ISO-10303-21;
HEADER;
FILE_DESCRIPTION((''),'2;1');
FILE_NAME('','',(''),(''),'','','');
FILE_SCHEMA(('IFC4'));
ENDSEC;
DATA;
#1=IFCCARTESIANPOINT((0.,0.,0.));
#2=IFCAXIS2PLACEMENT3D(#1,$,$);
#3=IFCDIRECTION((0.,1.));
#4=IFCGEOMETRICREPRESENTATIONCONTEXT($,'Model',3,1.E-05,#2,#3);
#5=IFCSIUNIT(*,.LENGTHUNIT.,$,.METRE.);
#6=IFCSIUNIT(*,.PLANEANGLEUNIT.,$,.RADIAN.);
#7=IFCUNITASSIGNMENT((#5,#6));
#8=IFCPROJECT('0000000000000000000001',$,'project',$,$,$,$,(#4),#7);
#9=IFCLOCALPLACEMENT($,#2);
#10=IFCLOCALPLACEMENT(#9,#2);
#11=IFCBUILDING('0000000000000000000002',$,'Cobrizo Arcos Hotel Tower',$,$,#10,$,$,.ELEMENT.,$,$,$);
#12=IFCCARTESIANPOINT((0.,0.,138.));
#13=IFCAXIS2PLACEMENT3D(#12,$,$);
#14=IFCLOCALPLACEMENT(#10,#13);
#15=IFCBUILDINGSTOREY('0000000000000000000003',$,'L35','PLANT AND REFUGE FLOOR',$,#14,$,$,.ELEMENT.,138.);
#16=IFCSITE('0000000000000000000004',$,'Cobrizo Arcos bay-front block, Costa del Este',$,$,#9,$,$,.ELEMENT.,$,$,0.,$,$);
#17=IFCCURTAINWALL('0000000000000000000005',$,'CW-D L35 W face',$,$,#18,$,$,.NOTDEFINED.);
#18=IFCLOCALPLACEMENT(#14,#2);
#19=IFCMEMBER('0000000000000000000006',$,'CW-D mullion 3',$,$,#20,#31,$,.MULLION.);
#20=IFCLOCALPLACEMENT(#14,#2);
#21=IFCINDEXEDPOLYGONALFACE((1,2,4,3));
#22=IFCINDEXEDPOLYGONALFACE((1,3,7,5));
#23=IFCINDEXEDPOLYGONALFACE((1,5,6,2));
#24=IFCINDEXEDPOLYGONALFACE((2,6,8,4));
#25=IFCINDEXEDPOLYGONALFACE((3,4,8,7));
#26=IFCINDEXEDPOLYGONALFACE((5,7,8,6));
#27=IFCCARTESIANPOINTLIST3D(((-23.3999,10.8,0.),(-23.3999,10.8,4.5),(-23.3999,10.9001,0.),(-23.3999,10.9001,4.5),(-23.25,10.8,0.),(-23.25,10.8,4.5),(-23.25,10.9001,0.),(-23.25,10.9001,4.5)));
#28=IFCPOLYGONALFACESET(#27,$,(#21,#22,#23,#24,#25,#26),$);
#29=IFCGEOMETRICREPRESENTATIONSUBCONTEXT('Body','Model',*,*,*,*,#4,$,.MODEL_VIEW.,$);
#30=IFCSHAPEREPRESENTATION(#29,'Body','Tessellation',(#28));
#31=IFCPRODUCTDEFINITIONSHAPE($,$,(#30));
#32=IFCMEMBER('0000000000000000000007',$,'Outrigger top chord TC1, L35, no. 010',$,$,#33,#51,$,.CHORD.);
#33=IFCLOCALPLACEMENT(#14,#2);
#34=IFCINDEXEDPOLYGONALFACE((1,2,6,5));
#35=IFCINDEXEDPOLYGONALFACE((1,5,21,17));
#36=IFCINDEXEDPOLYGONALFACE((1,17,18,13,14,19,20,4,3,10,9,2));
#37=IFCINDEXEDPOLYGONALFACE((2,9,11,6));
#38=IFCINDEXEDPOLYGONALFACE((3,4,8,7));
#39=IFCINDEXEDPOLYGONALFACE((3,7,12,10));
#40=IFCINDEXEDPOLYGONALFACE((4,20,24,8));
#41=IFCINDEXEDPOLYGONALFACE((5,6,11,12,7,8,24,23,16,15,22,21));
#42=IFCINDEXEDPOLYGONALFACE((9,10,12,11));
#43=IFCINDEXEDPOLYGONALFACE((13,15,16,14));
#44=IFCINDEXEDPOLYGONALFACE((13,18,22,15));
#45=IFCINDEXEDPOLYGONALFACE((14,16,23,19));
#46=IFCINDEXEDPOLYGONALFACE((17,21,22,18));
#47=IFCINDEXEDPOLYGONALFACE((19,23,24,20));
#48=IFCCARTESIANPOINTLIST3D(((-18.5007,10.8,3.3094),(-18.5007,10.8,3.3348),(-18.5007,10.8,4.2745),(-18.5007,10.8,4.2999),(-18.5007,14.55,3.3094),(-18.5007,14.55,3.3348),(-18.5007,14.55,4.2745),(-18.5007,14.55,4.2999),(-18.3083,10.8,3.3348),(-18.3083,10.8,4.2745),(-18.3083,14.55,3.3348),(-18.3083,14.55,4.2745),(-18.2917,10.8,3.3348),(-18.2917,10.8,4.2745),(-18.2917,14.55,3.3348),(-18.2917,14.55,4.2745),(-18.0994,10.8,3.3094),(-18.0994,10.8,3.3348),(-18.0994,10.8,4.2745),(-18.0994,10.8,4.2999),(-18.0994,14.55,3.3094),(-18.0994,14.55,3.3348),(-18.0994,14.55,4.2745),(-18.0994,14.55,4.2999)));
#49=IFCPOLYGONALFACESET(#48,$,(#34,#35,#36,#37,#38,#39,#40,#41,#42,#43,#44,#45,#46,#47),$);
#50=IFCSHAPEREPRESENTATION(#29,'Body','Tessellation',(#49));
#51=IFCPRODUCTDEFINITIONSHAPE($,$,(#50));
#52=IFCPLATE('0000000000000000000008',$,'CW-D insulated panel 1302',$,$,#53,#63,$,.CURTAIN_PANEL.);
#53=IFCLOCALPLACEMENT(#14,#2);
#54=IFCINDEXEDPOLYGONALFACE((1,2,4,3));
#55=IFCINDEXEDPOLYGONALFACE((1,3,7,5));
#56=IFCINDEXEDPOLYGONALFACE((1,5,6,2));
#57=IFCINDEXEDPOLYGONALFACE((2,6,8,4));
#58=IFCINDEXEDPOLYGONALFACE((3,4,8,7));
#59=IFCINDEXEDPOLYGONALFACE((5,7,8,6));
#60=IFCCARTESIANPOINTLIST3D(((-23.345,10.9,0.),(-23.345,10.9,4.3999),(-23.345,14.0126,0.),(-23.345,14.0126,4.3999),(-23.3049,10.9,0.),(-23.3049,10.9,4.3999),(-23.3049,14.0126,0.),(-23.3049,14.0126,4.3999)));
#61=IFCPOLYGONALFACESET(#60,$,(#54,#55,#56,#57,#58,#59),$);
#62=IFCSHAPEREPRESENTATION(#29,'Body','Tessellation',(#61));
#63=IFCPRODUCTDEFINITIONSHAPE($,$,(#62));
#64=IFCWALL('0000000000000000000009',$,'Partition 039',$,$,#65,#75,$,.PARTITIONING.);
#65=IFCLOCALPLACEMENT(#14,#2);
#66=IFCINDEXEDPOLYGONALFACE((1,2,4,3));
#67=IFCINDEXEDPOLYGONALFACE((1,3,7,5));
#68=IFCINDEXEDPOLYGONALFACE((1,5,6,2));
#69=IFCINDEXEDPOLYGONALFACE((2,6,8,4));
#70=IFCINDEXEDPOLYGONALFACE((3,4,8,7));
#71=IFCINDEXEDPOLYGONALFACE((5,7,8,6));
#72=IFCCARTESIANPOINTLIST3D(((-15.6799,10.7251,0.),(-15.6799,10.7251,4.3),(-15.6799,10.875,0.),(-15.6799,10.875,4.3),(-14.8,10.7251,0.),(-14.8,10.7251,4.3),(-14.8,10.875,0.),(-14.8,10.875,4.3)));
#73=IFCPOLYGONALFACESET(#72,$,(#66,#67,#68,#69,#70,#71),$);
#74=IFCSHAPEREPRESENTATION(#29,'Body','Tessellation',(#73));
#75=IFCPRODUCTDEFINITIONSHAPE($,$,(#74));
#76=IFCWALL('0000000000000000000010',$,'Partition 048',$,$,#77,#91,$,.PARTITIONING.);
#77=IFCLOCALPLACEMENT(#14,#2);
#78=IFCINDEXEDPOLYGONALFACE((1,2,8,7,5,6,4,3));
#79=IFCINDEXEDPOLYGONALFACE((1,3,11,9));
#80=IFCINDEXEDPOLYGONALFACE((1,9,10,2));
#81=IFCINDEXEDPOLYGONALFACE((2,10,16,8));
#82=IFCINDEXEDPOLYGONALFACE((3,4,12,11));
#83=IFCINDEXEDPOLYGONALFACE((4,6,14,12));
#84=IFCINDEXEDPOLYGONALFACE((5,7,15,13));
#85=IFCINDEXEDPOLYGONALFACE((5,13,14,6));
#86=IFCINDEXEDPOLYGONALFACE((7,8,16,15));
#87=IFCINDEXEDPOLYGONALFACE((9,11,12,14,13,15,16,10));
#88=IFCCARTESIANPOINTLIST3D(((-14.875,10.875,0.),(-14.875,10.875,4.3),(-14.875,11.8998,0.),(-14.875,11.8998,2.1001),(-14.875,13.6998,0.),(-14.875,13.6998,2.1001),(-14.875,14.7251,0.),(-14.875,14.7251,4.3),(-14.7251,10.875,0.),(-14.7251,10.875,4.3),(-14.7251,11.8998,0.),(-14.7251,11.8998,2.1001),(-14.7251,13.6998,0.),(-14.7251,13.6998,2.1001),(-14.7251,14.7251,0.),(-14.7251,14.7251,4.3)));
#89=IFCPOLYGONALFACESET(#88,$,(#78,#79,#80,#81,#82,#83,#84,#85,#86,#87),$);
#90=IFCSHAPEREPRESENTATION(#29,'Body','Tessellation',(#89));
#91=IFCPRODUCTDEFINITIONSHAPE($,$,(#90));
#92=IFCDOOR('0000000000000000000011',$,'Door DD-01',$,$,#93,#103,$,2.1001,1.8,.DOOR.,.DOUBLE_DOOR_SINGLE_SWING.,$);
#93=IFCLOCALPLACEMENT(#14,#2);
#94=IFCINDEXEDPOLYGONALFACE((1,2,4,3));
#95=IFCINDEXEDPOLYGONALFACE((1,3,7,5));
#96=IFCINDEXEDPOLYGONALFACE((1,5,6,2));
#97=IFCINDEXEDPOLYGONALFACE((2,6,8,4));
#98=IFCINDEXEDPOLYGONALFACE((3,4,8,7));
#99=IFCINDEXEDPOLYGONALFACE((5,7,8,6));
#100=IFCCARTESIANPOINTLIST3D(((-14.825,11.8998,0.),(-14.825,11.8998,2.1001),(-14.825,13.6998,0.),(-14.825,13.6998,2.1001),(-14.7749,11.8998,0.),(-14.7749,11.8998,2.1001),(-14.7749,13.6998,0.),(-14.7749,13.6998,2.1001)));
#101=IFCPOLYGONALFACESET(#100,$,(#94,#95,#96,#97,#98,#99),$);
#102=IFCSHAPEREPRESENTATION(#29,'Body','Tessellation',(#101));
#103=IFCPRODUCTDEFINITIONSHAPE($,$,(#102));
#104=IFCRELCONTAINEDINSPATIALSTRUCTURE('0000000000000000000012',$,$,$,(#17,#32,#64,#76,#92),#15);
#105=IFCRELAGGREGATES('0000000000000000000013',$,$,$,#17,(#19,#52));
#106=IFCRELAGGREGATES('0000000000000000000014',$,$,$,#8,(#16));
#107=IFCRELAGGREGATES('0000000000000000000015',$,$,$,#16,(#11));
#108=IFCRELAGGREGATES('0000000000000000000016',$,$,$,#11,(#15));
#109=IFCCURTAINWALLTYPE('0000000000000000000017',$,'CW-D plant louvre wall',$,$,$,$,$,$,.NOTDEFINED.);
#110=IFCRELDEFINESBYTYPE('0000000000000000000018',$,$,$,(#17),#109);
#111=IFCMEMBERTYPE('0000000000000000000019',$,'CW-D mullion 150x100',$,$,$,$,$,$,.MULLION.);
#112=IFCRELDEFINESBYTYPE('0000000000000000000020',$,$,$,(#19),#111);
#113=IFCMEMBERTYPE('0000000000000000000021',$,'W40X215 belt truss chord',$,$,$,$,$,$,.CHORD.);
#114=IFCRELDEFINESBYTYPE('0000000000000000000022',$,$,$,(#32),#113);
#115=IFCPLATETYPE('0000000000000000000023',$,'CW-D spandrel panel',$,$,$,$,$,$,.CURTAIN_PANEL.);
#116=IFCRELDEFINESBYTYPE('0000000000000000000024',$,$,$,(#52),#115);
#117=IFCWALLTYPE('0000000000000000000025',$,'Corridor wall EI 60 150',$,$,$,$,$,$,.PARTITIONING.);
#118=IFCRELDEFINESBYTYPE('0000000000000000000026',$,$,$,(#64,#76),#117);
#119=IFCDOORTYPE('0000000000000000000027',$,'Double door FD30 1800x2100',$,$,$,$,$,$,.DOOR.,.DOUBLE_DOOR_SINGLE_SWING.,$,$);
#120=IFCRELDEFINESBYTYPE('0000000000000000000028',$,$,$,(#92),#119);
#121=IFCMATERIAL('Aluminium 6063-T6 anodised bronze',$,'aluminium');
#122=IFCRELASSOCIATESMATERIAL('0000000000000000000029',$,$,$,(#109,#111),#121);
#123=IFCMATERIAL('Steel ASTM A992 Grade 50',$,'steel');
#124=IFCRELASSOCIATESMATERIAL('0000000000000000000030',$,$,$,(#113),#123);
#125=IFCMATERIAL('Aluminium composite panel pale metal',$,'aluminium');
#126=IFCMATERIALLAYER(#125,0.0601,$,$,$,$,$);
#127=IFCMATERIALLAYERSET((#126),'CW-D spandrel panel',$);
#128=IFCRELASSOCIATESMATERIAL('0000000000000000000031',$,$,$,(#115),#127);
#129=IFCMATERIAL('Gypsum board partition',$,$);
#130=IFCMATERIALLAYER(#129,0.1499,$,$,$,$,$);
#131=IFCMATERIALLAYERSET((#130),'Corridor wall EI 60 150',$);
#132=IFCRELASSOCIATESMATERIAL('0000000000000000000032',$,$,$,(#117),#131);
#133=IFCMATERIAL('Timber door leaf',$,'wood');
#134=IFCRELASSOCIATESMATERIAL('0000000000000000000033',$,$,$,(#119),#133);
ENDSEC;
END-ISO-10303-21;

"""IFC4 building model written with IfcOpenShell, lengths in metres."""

from ifc_helpers import new_model, si_unit, direction, frame, frame_2d, origin, origin_2d, place, context, subcontext, project, spatial, rectangle, i_section, extrude, material, layer, layer_set, material_profile, profile_set, type_object, element, fill, aggregate, save


model = new_model("IFC4")

# Units and contexts
model_context = context("Model", 3, precision=1e-05, world=origin(), true_north=direction((0.0, 1.0)))
body_context = subcontext(model_context, "Body", "Model", "MODEL_VIEW")
ifc_project = project(units=[si_unit("LENGTHUNIT", "METRE"), si_unit("PLANEANGLEUNIT", "RADIAN")], contexts=[model_context])

# Site, building, storey
site_placement = place(None, origin())
site = spatial("IfcSite", under=ifc_project, at=site_placement, Name="Cobrizo Arcos bay-front block, Costa del Este", CompositionType="ELEMENT", RefElevation=0.0)
building_placement = place(site_placement, origin())
building = spatial("IfcBuilding", under=site, at=building_placement, Name="Cobrizo Arcos Hotel Tower", CompositionType="ELEMENT")
storey_placement = place(building_placement, frame((0.0, 0.0, 138.0)))
storey = spatial("IfcBuildingStorey", under=building, at=storey_placement, Name="L35", Description="PLANT AND REFUGE FLOOR", CompositionType="ELEMENT", Elevation=138.0)

# Curtain wall, member
ifc_material_1 = material(Name="Aluminium 6063-T6 anodised bronze", Category="aluminium")
curtain_wall_type = type_object("IfcCurtainWallType", Name="CW-D plant louvre wall", PredefinedType="NOTDEFINED", material=ifc_material_1)
curtain_wall_placement = place(storey_placement, origin())
curtain_wall = element("IfcCurtainWall", 1, at=curtain_wall_placement, inside=storey, type_object=curtain_wall_type, Name="CW-D L35 W face", PredefinedType="NOTDEFINED")
ifc_material_profile_1 = material_profile(ifc_material_1, rectangle(XDim=0.1499, YDim=0.1001, at=origin_2d()), Name="CW-D mullion 150x100")
ifc_profile_set_1 = profile_set([ifc_material_profile_1], Name="Aluminium 6063-T6 anodised bronze")
member_type_1 = type_object("IfcMemberType", Name="CW-D mullion 150x100", PredefinedType="MULLION", material=ifc_profile_set_1)
member_1_placement = place(storey_placement, frame((-23.325, 10.8501, 0.0), z_axis=(0.0, 0.0, 1.0), x_axis=(-1.0, 0.0, 0.0)))
member_1 = element("IfcMember", 2, at=member_1_placement, type_object=member_type_1, Name="CW-D mullion 3", PredefinedType="MULLION", context=body_context, shape_type="SweptSolid", body=[
    extrude(rectangle(XDim=0.1499, YDim=0.1001, at=origin_2d()), origin(), (0.0, 0.0, 1.0), 4.5),
])

# Member
ifc_material_2 = material(Name="Steel ASTM A992 Grade 50", Category="steel")
ifc_material_profile_2 = material_profile(ifc_material_2, i_section(OverallWidth=0.4014, OverallDepth=0.9905, WebThickness=0.0166, FlangeThickness=0.0254, at=origin_2d()), Name="W40X215")
ifc_profile_set_2 = profile_set([ifc_material_profile_2], Name="Steel ASTM A992 Grade 50")
member_type_2 = type_object("IfcMemberType", Name="W40X215 belt truss chord", PredefinedType="CHORD", material=ifc_profile_set_2)
member_2_placement = place(storey_placement, frame((-18.3, 10.8, 3.8047), z_axis=(0.0, 1.0, 0.0), x_axis=(-1.0, 0.0, 0.0)))
element("IfcMember", 3, at=member_2_placement, inside=storey, type_object=member_type_2, Name="Outrigger top chord TC1, L35, no. 010", PredefinedType="CHORD", context=body_context, shape_type="SweptSolid", body=[
    extrude(i_section(OverallWidth=0.4014, OverallDepth=0.9905, WebThickness=0.0166, FlangeThickness=0.0254, at=origin_2d()), origin(), (0.0, 0.0, 1.0), 3.75),
])

# Plate
ifc_material_3 = material(Name="Aluminium composite panel pale metal", Category="aluminium")
ifc_layer_1 = layer(ifc_material_3, 0.0601)
ifc_layer_set_1 = layer_set([ifc_layer_1], Name="CW-D spandrel panel")
plate_type = type_object("IfcPlateType", Name="CW-D spandrel panel", PredefinedType="CURTAIN_PANEL", material=ifc_layer_set_1)
plate_placement = place(storey_placement, frame((-23.325, 12.4563, 0.0), z_axis=(0.0, 0.0, 1.0), x_axis=(0.0, -1.0, 0.0)))
plate = element("IfcPlate", 4, at=plate_placement, type_object=plate_type, Name="CW-D insulated panel 1302", PredefinedType="CURTAIN_PANEL", context=body_context, shape_type="SweptSolid", body=[
    extrude(rectangle(XDim=3.1125, YDim=0.04, at=origin_2d()), origin(), (0.0, 0.0, 1.0), 4.3999),
])
aggregate(curtain_wall, [member_1, plate])

# Wall
ifc_material_4 = material(Name="Gypsum board partition")
ifc_layer_2 = layer(ifc_material_4, 0.1499)
ifc_layer_set_2 = layer_set([ifc_layer_2], Name="Corridor wall EI 60 150")
wall_type_1 = type_object("IfcWallType", Name="Corridor wall EI 60 150", PredefinedType="PARTITIONING", material=ifc_layer_set_2)
wall_1_placement = place(storey_placement, frame((-15.6799, 10.8, 0.0), z_axis=(0.0, 0.0, 1.0), x_axis=(1.0, 0.0, 0.0)))
element("IfcWall", 5, at=wall_1_placement, inside=storey, type_object=wall_type_1, Name="Partition 039", PredefinedType="PARTITIONING", context=body_context, shape_type="SweptSolid", body=[
    extrude(rectangle(XDim=0.8799, YDim=0.1499, at=frame_2d((0.4399, 0.0))), origin(), (0.0, 0.0, 1.0), 4.3),
])

# Wall, opening, door
wall_2_placement = place(storey_placement, frame((-14.8, 10.875, 0.0), z_axis=(0.0, 0.0, 1.0), x_axis=(0.0, 1.0, 0.0)))
wall_2 = element("IfcWall", 6, at=wall_2_placement, inside=storey, type_object=wall_type_1, Name="Partition 048", PredefinedType="PARTITIONING", context=body_context, shape_type="SweptSolid", body=[
    extrude(rectangle(XDim=3.8501, YDim=0.1499, at=frame_2d((1.925, 0.0))), origin(), (0.0, 0.0, 1.0), 4.3),
])
opening_1_placement = place(wall_2_placement, frame((1.0249, 0.0, 0.0)))
opening_1 = element("IfcOpeningElement", 7, at=opening_1_placement, cuts=wall_2, PredefinedType="OPENING", context=body_context, shape_type="SweptSolid", body=[
    extrude(rectangle(XDim=1.8, YDim=2.1001, at=frame_2d((0.8999, 1.05))), frame((0.0, 0.0869, 0.0), z_axis=(0.0, -1.0, 0.0), x_axis=(1.0, 0.0, 0.0)), (0.0, 0.0, 1.0), 0.1738),
])
ifc_material_5 = material(Name="Timber door leaf", Category="wood")
door_type = type_object("IfcDoorType", Name="Double door FD30 1800x2100", OperationType="DOUBLE_DOOR_SINGLE_SWING", PredefinedType="DOOR", material=ifc_material_5)
door_placement = place(opening_1_placement, origin())
door = element("IfcDoor", 8, at=door_placement, inside=storey, type_object=door_type, Name="Door DD-01", OperationType="DOUBLE_DOOR_SINGLE_SWING", OverallHeight=2.1001, OverallWidth=1.8, PredefinedType="DOOR", context=body_context, shape_type="SweptSolid", body=[
    extrude(rectangle(XDim=1.8, YDim=2.1001, at=frame_2d((0.8999, 1.05))), frame((0.0, 0.0249, 0.0), z_axis=(0.0, -1.0, 0.0), x_axis=(1.0, 0.0, 0.0)), (0.0, 0.0, 1.0), 0.05),
])
fill(opening_1, door)

save(model, "model.ifc")
